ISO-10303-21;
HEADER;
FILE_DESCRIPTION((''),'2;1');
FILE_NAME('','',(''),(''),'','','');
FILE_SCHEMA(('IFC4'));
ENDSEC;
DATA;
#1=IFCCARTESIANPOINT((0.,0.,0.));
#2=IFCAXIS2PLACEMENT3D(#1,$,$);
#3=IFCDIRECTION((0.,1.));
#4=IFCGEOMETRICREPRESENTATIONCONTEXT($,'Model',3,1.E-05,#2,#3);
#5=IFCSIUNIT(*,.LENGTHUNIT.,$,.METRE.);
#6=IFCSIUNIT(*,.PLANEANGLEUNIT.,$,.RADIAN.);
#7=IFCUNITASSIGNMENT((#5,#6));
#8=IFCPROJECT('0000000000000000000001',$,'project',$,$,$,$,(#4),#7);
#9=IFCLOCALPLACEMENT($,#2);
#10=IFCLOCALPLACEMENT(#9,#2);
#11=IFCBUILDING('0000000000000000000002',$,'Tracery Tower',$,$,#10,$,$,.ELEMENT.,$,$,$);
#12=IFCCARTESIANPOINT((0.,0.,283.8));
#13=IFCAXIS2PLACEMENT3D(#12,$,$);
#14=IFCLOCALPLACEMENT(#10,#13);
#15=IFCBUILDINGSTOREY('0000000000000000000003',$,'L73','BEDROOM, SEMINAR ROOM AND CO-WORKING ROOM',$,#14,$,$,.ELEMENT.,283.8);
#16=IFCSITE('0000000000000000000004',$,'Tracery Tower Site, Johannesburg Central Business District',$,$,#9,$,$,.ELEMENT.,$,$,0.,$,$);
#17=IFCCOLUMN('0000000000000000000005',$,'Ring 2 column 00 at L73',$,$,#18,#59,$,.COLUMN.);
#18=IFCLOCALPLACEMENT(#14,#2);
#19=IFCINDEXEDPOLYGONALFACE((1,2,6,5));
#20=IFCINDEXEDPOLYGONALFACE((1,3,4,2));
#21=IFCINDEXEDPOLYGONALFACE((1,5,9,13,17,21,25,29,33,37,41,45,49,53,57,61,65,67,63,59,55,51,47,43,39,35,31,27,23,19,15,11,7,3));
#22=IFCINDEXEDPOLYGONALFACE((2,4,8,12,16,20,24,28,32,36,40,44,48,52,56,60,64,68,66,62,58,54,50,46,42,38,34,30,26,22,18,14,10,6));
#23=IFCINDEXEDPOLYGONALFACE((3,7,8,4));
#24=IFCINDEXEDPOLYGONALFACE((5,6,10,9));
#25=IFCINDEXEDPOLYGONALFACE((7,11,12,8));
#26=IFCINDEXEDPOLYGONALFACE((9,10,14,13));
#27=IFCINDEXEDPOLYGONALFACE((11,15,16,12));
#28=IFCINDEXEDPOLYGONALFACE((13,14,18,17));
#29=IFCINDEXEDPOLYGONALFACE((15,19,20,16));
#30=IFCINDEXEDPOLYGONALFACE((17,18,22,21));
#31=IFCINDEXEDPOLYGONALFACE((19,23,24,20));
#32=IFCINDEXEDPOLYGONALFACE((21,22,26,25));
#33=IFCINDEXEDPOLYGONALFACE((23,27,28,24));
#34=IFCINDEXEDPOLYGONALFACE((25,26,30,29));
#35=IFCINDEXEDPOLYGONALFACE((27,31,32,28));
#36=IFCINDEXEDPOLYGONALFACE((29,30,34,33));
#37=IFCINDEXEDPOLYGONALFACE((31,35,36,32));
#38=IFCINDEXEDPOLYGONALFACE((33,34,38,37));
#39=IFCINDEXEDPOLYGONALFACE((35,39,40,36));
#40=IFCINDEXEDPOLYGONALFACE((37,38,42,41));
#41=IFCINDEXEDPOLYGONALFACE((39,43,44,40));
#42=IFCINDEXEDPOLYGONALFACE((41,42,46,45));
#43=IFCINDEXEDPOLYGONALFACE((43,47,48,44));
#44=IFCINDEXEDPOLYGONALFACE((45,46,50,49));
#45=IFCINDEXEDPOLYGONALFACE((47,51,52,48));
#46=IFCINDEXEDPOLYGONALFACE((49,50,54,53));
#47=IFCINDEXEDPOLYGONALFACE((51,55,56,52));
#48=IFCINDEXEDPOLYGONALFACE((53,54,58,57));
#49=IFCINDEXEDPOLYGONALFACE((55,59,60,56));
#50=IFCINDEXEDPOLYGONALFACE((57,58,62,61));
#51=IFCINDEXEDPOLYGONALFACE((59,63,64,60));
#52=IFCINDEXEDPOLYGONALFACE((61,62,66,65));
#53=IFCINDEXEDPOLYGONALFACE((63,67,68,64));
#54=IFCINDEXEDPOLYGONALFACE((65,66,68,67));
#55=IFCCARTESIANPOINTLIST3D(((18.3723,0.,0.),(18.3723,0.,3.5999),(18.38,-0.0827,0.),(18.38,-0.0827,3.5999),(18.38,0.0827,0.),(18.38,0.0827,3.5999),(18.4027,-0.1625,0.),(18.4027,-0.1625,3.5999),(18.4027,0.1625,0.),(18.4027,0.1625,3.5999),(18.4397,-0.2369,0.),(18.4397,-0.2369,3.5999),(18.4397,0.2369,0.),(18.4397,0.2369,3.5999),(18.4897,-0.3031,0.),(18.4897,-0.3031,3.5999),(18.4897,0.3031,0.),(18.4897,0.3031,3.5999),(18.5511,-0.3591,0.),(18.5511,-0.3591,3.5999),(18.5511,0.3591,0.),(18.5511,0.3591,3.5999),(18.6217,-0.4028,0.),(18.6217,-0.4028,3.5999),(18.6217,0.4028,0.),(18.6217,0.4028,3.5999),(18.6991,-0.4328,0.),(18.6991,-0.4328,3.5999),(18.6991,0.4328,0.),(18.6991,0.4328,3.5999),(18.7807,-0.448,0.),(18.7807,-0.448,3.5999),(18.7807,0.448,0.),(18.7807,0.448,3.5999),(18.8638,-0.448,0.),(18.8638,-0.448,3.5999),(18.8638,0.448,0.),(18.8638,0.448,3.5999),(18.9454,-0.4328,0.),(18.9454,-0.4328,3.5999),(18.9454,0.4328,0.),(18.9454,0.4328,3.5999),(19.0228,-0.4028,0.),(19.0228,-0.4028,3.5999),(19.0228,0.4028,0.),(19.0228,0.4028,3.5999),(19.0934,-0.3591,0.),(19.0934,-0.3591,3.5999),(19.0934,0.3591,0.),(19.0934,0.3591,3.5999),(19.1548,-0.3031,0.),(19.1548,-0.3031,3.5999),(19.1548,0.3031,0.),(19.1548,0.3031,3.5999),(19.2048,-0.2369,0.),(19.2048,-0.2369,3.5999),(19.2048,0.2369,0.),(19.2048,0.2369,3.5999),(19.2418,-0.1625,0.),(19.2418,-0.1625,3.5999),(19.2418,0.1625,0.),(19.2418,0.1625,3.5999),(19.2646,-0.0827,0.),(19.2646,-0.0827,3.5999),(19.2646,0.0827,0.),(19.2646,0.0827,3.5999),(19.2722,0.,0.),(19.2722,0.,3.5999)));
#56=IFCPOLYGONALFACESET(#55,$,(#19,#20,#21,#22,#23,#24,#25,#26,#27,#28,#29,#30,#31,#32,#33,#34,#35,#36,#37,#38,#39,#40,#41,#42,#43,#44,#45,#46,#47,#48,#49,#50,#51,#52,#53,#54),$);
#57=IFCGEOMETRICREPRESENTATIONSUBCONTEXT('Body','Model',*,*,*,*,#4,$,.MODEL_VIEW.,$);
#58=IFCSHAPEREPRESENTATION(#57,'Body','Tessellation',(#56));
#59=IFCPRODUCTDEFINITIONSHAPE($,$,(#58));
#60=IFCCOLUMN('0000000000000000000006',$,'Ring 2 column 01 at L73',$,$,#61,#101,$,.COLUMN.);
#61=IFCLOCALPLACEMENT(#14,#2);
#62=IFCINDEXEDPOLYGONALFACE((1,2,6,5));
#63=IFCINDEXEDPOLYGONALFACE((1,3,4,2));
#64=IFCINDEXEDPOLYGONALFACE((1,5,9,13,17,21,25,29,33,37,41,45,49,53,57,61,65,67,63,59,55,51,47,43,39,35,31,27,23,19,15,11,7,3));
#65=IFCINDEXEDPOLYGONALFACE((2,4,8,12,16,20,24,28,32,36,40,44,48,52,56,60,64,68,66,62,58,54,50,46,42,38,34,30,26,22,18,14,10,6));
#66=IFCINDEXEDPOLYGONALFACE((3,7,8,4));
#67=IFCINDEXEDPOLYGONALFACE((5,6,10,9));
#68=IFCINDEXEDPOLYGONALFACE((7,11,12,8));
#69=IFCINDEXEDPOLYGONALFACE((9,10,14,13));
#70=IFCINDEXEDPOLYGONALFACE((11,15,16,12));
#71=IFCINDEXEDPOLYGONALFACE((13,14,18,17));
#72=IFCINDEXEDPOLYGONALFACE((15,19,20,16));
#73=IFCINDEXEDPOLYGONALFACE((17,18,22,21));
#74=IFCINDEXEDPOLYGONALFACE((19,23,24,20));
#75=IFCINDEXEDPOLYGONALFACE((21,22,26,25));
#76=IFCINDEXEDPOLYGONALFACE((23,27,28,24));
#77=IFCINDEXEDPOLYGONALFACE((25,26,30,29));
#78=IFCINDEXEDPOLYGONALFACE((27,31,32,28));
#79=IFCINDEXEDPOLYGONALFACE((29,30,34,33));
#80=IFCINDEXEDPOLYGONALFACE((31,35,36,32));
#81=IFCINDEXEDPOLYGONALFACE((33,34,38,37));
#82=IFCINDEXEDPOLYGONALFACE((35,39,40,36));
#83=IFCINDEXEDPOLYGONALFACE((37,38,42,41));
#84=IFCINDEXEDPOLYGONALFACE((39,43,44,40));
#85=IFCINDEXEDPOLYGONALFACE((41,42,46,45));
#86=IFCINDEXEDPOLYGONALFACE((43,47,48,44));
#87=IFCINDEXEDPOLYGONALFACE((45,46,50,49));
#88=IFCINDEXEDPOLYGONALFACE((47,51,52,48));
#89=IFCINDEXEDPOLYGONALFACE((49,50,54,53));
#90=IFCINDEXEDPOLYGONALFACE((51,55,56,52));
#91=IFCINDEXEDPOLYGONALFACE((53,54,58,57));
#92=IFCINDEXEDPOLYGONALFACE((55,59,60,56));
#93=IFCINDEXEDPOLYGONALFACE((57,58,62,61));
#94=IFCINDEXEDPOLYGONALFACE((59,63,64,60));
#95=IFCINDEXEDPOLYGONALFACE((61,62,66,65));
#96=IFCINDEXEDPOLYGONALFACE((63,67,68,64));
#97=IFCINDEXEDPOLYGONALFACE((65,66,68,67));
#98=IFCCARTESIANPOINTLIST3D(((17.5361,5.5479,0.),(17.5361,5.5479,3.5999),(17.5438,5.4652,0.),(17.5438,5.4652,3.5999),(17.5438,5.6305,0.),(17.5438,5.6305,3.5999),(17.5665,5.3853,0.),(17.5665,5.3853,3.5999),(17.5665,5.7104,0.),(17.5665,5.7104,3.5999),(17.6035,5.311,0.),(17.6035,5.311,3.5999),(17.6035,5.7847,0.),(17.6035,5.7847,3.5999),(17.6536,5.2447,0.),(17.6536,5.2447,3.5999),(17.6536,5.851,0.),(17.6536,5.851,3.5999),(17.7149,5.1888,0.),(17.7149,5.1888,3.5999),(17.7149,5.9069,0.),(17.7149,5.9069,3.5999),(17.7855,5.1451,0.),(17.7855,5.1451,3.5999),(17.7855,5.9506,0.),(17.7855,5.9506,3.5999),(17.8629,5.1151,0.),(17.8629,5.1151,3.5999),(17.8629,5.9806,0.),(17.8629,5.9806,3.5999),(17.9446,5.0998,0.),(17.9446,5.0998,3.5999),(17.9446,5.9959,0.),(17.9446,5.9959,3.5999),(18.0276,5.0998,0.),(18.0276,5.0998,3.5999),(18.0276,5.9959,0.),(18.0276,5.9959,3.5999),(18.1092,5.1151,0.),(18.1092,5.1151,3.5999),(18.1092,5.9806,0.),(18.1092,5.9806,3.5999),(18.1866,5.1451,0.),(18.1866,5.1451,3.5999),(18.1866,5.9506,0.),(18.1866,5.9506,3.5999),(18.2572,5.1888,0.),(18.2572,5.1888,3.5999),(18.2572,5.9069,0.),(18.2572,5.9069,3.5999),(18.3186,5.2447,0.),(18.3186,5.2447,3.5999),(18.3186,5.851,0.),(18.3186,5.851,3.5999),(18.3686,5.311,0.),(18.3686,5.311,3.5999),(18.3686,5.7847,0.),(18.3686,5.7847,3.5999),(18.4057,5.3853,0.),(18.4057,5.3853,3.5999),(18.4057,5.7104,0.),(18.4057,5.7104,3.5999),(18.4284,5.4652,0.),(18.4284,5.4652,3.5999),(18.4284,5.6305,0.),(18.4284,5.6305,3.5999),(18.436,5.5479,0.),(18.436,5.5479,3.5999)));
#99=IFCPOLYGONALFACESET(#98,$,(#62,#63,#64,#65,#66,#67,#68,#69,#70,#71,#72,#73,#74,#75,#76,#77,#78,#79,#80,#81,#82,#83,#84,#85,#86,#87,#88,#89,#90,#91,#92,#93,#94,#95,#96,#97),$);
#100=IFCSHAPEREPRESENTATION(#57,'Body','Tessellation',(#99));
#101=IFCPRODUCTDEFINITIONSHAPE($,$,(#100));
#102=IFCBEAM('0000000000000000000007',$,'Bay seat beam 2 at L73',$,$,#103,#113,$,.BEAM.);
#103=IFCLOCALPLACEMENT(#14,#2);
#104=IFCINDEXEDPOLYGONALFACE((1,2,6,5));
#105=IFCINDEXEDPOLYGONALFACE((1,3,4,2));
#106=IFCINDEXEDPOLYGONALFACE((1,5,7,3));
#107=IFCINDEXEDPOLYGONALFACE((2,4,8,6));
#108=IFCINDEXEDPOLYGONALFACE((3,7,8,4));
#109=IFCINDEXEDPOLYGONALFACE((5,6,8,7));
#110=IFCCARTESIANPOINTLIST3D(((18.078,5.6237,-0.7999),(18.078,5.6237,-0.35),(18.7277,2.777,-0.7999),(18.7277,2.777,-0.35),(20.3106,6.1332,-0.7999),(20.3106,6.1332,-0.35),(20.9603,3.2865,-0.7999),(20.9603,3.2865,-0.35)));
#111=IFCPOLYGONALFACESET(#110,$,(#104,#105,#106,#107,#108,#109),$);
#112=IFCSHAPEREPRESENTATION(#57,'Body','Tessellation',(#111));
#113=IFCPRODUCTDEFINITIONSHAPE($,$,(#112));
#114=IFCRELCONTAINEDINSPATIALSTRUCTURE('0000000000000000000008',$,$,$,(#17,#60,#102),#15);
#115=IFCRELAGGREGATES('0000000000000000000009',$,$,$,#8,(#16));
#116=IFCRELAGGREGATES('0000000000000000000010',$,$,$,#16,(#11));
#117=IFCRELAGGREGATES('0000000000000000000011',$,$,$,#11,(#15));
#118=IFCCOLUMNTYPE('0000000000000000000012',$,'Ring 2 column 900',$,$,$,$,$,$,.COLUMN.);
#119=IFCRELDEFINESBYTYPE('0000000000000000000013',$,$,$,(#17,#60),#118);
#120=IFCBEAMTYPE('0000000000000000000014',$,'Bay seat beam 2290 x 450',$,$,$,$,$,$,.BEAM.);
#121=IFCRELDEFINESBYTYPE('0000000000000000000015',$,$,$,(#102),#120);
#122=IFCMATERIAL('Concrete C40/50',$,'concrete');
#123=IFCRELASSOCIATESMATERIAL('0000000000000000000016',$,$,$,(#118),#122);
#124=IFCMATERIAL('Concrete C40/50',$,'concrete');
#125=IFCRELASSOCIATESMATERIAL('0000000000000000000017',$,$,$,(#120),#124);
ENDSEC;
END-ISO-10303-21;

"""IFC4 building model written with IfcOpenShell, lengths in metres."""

from ifc_helpers import new_model, si_unit, direction, frame, origin, origin_2d, place, context, subcontext, project, spatial, rectangle, circle, extrude, material, material_profile, profile_set, type_object, element, save


model = new_model("IFC4")

# Units and contexts
model_context = context("Model", 3, precision=1e-05, world=origin(), true_north=direction((0.0, 1.0)))
body_context = subcontext(model_context, "Body", "Model", "MODEL_VIEW")
ifc_project = project(units=[si_unit("LENGTHUNIT", "METRE"), si_unit("PLANEANGLEUNIT", "RADIAN")], contexts=[model_context])

# Site, building, storey
site_placement = place(None, origin())
site = spatial("IfcSite", under=ifc_project, at=site_placement, Name="Tracery Tower Site, Johannesburg Central Business District", CompositionType="ELEMENT", RefElevation=0.0)
building_placement = place(site_placement, origin())
building = spatial("IfcBuilding", under=site, at=building_placement, Name="Tracery Tower", CompositionType="ELEMENT")
storey_placement = place(building_placement, frame((0.0, 0.0, 283.8)))
storey = spatial("IfcBuildingStorey", under=building, at=storey_placement, Name="L73", Description="BEDROOM, SEMINAR ROOM AND CO-WORKING ROOM", CompositionType="ELEMENT", Elevation=283.8)

# Columns
ifc_material_1 = material(Name="Concrete C40/50", Category="concrete")
ifc_material_profile_1 = material_profile(ifc_material_1, circle(Radius=0.45, at=origin_2d()), Name="RC D900")
ifc_profile_set_1 = profile_set([ifc_material_profile_1], Name="Concrete C40/50")
column_type = type_object("IfcColumnType", Name="Ring 2 column 900", PredefinedType="COLUMN", material=ifc_profile_set_1)
for number, where, z_axis, x_axis, name in (
    (1, (18.8223, 0.0, 0.0), (0.0, 0.0, 1.0), (1.0, 0.0, 0.0), "Ring 2 column 00 at L73"),
    (2, (17.9861, 5.5479, 0.0), (0.0, 0.0, 1.0), (1.0, 0.0, 0.0), "Ring 2 column 01 at L73"),
):
    element("IfcColumn", number, at=place(storey_placement, frame(where, z_axis=z_axis, x_axis=x_axis)), inside=storey, type_object=column_type, Name=name, PredefinedType="COLUMN", context=body_context, shape_type="SweptSolid", body=[
        extrude(circle(Radius=0.45, at=origin_2d()), origin(), (0.0, 0.0, 1.0), 3.5999),
    ])

# Beam
ifc_material_2 = material(Name="Concrete C40/50", Category="concrete")
ifc_material_profile_2 = material_profile(ifc_material_2, rectangle(XDim=2.29, YDim=0.45, at=origin_2d()), Name="RC 2290x450")
ifc_profile_set_2 = profile_set([ifc_material_profile_2], Name="Concrete C40/50")
beam_type = type_object("IfcBeamType", Name="Bay seat beam 2290 x 450", PredefinedType="BEAM", material=ifc_profile_set_2)
beam_placement = place(storey_placement, frame((19.844, 3.0317, -0.575), z_axis=(-0.222496, 0.974934, 0.0), x_axis=(-0.974934, -0.222496, 0.0)))
element("IfcBeam", 3, at=beam_placement, inside=storey, type_object=beam_type, Name="Bay seat beam 2 at L73", PredefinedType="BEAM", context=body_context, shape_type="SweptSolid", body=[
    extrude(rectangle(XDim=2.29, YDim=0.45, at=origin_2d()), origin(), (0.0, 0.0, 1.0), 2.9199),
])

save(model, "model.ifc")
